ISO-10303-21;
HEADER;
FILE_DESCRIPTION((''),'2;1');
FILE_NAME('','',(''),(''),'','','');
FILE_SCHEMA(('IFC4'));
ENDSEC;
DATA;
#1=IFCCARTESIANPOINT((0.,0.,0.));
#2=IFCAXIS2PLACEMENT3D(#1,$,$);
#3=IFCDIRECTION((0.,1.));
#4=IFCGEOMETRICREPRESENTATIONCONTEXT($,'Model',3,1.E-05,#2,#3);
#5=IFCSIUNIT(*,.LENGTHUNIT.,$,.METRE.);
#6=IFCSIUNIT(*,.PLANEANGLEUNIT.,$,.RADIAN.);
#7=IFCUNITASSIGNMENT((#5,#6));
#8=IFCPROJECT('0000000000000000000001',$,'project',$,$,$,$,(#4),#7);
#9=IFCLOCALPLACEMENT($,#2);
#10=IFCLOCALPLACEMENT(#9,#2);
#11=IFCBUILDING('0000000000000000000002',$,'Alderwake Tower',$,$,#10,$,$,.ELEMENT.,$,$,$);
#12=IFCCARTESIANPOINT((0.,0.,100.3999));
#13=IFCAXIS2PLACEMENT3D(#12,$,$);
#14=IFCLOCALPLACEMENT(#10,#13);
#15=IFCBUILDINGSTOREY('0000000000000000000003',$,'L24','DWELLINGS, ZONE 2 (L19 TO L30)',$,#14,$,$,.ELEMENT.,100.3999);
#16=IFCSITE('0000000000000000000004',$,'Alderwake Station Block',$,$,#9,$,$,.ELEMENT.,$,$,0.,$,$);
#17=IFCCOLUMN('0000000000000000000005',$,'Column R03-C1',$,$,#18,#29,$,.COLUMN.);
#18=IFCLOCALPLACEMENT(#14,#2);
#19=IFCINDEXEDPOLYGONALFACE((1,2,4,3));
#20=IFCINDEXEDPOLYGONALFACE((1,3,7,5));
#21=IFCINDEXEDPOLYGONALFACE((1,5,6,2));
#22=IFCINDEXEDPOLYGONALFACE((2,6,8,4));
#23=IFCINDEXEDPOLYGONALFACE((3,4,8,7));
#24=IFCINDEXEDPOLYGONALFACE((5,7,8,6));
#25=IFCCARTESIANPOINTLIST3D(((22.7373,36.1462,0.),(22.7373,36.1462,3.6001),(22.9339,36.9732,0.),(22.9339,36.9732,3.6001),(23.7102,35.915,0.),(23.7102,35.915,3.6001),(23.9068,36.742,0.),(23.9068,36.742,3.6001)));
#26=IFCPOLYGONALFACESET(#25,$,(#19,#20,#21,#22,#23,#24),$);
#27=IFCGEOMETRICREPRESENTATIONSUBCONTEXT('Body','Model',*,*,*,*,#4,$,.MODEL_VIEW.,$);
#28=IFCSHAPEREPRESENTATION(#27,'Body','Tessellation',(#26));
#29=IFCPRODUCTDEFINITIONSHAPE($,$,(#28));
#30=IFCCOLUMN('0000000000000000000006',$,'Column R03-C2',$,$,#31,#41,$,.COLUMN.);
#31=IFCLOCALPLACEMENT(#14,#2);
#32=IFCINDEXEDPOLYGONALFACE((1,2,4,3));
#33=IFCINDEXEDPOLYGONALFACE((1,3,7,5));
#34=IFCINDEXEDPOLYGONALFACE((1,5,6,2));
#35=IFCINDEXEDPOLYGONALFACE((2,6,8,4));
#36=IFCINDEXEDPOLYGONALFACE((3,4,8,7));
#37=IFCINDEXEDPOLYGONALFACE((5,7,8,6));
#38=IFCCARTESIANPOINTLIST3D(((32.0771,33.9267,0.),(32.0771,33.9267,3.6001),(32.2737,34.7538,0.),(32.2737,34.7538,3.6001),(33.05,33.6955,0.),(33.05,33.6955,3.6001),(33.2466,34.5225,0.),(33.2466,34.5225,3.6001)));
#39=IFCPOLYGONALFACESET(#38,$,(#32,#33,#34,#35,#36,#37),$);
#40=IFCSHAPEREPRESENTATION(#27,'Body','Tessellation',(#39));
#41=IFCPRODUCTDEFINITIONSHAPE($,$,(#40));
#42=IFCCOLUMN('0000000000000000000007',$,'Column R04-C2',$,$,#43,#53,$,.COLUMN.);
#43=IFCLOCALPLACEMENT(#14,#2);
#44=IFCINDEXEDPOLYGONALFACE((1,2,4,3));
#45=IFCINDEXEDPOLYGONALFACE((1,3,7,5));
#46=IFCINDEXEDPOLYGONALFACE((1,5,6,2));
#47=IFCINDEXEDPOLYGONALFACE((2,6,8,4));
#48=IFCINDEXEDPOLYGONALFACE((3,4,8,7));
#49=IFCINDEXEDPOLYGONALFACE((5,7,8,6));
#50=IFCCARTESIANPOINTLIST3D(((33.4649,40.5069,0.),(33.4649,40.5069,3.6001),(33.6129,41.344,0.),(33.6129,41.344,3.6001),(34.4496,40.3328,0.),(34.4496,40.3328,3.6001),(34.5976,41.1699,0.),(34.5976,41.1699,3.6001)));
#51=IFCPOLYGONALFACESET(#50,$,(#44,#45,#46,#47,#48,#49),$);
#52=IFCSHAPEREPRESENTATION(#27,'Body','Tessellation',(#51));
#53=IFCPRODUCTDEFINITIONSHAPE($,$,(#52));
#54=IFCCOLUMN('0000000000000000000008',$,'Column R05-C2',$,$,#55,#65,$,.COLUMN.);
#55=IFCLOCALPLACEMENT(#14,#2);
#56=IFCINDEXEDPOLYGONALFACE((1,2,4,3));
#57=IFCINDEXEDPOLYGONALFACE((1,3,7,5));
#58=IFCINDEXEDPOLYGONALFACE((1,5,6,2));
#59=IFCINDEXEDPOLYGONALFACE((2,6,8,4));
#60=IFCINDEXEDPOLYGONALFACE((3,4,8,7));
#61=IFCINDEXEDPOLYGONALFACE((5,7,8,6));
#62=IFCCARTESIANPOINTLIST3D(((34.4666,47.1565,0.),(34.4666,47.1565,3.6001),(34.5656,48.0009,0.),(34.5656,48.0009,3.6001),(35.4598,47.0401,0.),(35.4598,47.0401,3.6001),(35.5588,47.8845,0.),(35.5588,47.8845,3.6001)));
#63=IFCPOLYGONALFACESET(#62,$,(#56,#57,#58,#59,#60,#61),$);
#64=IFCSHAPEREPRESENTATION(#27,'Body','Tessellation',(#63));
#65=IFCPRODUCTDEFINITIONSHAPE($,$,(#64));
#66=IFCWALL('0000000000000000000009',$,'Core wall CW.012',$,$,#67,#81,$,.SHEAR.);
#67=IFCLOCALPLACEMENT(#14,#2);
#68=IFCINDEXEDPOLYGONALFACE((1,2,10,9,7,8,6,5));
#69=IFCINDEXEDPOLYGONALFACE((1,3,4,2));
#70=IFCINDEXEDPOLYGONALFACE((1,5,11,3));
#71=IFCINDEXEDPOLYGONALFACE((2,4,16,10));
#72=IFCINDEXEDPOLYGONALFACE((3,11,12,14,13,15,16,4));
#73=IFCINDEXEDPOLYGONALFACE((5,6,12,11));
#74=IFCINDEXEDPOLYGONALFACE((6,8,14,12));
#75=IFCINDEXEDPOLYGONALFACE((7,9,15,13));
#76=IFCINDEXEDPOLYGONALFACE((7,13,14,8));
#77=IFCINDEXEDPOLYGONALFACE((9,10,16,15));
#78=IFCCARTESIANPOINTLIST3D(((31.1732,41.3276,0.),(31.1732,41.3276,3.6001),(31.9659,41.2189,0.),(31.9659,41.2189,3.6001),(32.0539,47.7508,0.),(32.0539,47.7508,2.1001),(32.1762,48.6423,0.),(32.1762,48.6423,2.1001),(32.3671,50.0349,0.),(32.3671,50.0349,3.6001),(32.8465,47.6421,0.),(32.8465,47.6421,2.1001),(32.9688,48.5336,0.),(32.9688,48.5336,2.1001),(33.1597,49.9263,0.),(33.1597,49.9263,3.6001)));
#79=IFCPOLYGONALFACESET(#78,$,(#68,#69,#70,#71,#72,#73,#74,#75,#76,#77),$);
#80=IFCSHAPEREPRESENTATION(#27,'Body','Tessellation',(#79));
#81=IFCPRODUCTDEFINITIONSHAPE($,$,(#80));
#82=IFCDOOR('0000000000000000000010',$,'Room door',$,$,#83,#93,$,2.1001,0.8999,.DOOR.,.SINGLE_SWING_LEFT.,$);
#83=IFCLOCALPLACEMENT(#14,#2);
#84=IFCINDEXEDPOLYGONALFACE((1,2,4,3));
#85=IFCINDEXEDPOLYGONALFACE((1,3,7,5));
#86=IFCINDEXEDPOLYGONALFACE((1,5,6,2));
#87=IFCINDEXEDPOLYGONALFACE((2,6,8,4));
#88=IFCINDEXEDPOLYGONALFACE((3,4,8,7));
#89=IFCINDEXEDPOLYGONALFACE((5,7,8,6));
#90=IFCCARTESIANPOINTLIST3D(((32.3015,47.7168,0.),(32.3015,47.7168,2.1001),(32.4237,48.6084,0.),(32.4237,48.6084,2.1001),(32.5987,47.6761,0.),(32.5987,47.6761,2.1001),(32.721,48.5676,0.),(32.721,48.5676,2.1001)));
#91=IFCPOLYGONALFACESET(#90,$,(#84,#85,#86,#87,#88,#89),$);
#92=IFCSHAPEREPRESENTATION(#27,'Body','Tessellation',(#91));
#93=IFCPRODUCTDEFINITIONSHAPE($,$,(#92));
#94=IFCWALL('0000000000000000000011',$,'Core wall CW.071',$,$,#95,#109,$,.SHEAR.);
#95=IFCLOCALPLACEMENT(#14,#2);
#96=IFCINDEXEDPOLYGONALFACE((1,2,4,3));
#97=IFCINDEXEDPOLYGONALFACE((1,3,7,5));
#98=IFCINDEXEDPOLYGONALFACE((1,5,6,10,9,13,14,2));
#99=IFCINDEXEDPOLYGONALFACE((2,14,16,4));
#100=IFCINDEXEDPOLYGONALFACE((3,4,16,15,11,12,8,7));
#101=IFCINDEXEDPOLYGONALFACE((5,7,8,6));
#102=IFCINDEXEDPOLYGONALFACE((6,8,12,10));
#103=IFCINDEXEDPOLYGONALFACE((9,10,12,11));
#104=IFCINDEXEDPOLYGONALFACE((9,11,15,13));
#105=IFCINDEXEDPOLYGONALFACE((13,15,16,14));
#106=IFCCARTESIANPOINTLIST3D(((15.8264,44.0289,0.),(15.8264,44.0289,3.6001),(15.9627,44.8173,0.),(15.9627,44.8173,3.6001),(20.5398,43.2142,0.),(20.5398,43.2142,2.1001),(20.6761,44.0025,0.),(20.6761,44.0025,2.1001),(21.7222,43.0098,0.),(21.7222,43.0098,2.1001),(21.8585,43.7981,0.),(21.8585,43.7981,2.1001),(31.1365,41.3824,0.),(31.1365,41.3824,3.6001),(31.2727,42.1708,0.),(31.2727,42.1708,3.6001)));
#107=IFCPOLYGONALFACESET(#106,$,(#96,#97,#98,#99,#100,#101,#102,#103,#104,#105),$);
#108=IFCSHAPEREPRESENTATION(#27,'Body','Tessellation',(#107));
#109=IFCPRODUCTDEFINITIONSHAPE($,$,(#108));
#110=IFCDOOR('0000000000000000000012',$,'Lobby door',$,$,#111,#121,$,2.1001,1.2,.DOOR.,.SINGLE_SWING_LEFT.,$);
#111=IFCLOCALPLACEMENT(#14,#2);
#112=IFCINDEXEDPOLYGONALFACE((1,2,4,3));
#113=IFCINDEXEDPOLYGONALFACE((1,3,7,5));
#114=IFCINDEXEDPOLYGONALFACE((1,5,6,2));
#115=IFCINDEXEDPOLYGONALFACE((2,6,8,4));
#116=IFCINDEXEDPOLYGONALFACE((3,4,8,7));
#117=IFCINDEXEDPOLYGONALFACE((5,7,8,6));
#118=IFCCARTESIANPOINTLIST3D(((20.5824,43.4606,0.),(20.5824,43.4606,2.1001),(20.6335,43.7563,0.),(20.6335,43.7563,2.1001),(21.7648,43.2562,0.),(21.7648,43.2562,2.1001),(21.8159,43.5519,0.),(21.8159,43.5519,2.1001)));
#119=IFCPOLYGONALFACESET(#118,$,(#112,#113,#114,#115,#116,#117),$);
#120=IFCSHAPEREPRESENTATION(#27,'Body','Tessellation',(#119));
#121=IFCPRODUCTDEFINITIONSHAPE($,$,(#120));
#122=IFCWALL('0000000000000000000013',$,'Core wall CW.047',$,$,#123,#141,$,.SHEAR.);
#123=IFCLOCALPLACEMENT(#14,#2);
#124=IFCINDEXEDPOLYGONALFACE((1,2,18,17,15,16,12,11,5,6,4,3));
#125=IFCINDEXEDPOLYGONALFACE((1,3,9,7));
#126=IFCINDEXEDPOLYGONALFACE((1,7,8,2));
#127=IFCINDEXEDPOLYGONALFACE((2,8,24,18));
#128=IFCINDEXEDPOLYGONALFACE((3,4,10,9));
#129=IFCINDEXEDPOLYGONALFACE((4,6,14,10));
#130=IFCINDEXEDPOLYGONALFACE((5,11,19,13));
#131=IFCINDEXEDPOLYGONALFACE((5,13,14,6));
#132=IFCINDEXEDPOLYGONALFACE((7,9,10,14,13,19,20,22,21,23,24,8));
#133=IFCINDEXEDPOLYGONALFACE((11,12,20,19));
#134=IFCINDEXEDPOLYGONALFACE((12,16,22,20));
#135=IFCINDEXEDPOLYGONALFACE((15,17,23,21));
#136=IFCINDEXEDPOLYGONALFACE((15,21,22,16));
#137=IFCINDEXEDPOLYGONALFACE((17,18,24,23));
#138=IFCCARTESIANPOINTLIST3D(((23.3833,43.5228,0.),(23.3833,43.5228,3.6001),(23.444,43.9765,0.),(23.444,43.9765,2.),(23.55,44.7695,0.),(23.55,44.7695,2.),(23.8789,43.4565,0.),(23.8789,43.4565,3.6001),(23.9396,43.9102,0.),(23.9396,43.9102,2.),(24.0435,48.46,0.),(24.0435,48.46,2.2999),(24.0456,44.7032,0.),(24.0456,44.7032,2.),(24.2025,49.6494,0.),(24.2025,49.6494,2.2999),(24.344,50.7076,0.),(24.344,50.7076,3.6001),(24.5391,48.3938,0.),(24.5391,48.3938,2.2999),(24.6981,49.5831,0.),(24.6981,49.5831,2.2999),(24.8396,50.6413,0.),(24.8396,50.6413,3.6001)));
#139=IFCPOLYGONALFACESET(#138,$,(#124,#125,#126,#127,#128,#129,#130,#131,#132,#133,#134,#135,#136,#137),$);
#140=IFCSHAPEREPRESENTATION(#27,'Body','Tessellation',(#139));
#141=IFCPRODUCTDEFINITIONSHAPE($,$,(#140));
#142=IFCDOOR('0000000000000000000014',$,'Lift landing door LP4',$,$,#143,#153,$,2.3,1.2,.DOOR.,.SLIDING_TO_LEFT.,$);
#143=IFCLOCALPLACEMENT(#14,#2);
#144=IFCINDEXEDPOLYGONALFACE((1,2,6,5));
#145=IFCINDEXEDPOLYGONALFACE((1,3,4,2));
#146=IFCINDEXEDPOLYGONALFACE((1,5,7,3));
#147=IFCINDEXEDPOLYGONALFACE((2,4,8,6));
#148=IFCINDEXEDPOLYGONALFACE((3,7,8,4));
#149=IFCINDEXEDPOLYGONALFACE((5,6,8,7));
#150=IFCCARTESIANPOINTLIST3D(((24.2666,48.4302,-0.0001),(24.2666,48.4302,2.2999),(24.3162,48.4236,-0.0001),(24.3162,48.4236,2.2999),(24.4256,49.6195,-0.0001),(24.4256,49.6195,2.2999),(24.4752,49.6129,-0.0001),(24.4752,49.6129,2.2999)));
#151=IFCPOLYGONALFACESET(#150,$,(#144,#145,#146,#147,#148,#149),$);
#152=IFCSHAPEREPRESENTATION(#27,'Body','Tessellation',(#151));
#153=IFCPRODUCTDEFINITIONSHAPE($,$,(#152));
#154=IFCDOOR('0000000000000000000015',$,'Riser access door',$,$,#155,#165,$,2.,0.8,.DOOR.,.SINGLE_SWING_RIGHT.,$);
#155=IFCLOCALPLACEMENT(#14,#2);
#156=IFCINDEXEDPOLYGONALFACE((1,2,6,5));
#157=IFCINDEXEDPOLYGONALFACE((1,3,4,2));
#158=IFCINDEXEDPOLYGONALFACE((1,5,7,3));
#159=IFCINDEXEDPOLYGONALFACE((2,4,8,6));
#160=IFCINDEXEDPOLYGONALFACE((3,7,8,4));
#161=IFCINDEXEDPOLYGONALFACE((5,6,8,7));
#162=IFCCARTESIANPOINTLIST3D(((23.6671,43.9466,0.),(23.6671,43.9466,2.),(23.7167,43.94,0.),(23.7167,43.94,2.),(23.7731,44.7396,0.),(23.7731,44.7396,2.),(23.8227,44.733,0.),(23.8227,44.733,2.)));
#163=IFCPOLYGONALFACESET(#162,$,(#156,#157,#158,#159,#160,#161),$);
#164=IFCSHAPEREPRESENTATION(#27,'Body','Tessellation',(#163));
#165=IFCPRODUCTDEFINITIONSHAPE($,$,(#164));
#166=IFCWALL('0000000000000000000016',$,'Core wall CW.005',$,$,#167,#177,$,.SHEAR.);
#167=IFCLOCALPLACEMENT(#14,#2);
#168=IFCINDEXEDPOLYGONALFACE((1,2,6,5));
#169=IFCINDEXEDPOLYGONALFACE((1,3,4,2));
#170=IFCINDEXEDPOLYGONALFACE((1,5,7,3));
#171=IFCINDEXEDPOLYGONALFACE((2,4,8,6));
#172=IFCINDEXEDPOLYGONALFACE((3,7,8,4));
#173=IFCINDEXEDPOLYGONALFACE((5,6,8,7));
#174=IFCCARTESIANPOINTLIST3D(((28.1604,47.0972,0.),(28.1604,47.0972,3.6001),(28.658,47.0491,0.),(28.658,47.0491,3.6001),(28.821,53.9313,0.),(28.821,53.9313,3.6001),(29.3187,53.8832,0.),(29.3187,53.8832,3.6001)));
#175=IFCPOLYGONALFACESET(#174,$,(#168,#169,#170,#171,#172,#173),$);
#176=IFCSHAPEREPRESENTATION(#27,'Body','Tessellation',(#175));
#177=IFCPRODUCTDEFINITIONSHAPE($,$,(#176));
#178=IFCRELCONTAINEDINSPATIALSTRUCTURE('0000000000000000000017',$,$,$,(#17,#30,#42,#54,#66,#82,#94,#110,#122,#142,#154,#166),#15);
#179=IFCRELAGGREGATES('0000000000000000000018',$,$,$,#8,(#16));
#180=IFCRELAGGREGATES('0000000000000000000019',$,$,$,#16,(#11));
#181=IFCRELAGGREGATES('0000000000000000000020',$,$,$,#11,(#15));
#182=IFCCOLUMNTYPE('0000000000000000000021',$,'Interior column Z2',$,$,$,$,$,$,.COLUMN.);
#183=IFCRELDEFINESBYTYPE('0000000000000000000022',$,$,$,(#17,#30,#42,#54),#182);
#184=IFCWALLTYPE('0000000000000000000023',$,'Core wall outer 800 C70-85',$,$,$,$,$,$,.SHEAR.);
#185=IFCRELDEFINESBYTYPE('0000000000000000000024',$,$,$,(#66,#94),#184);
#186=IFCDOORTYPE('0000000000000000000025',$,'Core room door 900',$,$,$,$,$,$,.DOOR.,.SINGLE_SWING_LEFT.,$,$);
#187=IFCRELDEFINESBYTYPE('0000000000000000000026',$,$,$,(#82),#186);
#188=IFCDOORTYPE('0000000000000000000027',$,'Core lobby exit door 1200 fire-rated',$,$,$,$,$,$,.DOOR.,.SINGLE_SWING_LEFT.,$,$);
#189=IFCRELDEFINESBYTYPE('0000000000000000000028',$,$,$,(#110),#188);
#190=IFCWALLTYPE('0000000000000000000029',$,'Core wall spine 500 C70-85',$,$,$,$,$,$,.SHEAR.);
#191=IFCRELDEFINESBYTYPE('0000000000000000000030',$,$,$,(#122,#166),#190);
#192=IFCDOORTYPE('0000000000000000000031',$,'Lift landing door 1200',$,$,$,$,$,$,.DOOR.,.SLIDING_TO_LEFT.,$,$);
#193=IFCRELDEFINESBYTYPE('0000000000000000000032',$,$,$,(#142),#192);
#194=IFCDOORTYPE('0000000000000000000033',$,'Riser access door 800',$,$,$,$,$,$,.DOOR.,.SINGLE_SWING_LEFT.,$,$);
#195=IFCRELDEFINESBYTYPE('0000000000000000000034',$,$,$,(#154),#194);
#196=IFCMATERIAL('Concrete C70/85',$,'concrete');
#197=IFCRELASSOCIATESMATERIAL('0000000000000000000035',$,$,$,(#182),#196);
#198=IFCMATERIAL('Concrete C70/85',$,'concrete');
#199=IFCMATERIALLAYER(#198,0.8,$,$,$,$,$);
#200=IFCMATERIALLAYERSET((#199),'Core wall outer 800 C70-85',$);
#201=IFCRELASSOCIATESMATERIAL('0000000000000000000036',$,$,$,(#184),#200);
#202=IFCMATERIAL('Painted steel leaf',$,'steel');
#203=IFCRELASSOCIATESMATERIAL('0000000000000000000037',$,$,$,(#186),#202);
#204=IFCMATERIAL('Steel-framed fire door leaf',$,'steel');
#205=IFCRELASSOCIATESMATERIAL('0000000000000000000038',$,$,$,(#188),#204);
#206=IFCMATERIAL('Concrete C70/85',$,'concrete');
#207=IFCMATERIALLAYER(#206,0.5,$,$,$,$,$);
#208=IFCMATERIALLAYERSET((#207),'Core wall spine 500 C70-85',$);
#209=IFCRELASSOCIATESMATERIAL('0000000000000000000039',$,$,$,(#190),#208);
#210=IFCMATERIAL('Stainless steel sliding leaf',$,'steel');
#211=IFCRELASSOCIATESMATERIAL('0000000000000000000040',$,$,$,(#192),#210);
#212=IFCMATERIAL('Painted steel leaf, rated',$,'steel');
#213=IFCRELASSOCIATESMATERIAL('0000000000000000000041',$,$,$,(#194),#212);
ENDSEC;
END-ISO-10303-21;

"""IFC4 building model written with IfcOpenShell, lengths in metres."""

from ifc_helpers import new_model, si_unit, direction, frame, frame_2d, origin, origin_2d, place, context, subcontext, project, spatial, rectangle, extrude, material, layer, layer_set, material_profile, profile_set, type_object, element, fill, save


model = new_model("IFC4")

# Units and contexts
model_context = context("Model", 3, precision=1e-05, world=origin(), true_north=direction((0.0, 1.0)))
body_context = subcontext(model_context, "Body", "Model", "MODEL_VIEW")
ifc_project = project(units=[si_unit("LENGTHUNIT", "METRE"), si_unit("PLANEANGLEUNIT", "RADIAN")], contexts=[model_context])

# Site, building, storey
site_placement = place(None, origin())
site = spatial("IfcSite", under=ifc_project, at=site_placement, Name="Alderwake Station Block", CompositionType="ELEMENT", RefElevation=0.0)
building_placement = place(site_placement, origin())
building = spatial("IfcBuilding", under=site, at=building_placement, Name="Alderwake Tower", CompositionType="ELEMENT")
storey_placement = place(building_placement, frame((0.0, 0.0, 100.3999)))
storey = spatial("IfcBuildingStorey", under=building, at=storey_placement, Name="L24", Description="DWELLINGS, ZONE 2 (L19 TO L30)", CompositionType="ELEMENT", Elevation=100.3999)

# Columns
ifc_material_1 = material(Name="Concrete C70/85", Category="concrete")
ifc_material_profile = material_profile(ifc_material_1, rectangle(XDim=0.8501, YDim=1.0, at=origin_2d()), Name="RC 1000X850")
ifc_profile_set = profile_set([ifc_material_profile], Name="Concrete C70/85")
column_type = type_object("IfcColumnType", Name="Interior column Z2", PredefinedType="COLUMN", material=ifc_profile_set)
for number, where, z_axis, x_axis, name in (
    (1, (23.322, 36.4441, 0.0), (0.0, 0.0, 1.0), (0.231222, 0.972901, 0.0), "Column R03-C1"),
    (2, (32.6619, 34.2246, 0.0), (0.0, 0.0, 1.0), (0.231222, 0.972901, 0.0), "Column R03-C2"),
    (3, (34.0312, 40.8384, 0.0), (0.0, 0.0, 1.0), (0.174109, 0.984726, 0.0), "Column R04-C2"),
    (4, (35.0127, 47.5205, 0.0), (0.0, 0.0, 1.0), (0.116402, 0.993202, 0.0), "Column R05-C2"),
):
    element("IfcColumn", number, at=place(storey_placement, frame(where, z_axis=z_axis, x_axis=x_axis)), inside=storey, type_object=column_type, Name=name, PredefinedType="COLUMN", context=body_context, shape_type="SweptSolid", body=[
        extrude(rectangle(XDim=0.8501, YDim=1.0, at=origin_2d()), origin(), (0.0, 0.0, 1.0), 3.6001),
    ])

# Walls, openings, doors
ifc_material_2 = material(Name="Concrete C70/85", Category="concrete")
ifc_layer_1 = layer(ifc_material_2, 0.8)
ifc_layer_set_1 = layer_set([ifc_layer_1], Name="Core wall outer 800 C70-85")
wall_type_1 = type_object("IfcWallType", Name="Core wall outer 800 C70-85", PredefinedType="SHEAR", material=ifc_layer_set_1)
wall_1_placement = place(storey_placement, frame((32.7634, 49.9807, 0.0), z_axis=(0.0, 0.0, 1.0), x_axis=(-0.135838, -0.990731, 0.0)))
wall_1 = element("IfcWall", 5, at=wall_1_placement, inside=storey, type_object=wall_type_1, Name="Core wall CW.012", PredefinedType="SHEAR", context=body_context, shape_type="SweptSolid", body=[
    extrude(rectangle(XDim=8.7888, YDim=0.8, at=frame_2d((4.3945, 0.0))), origin(), (0.0, 0.0, 1.0), 3.6001),
])
opening_1_placement = place(wall_1_placement, frame((1.4058, 0.0, 0.0)))
opening_1 = element("IfcOpeningElement", 6, at=opening_1_placement, cuts=wall_1, PredefinedType="OPENING", context=body_context, shape_type="SweptSolid", body=[
    extrude(rectangle(XDim=0.8999, YDim=2.1001, at=frame_2d((0.45, 1.05))), frame((0.0, 0.4099, 0.0), z_axis=(0.0, -1.0, 0.0), x_axis=(1.0, 0.0, 0.0)), (0.0, 0.0, 1.0), 0.8201),
])
ifc_material_3 = material(Name="Painted steel leaf", Category="steel")
door_type_1 = type_object("IfcDoorType", Name="Core room door 900", OperationType="SINGLE_SWING_LEFT", PredefinedType="DOOR", material=ifc_material_3)
door_1_placement = place(opening_1_placement, origin())
door_1 = element("IfcDoor", 7, at=door_1_placement, inside=storey, type_object=door_type_1, Name="Room door", OperationType="SINGLE_SWING_LEFT", OverallHeight=2.1001, OverallWidth=0.8999, PredefinedType="DOOR", context=body_context, shape_type="SweptSolid", body=[
    extrude(rectangle(XDim=0.8999, YDim=2.1001, at=frame_2d((0.45, 1.05))), frame((0.0, 0.1499, 0.0), z_axis=(0.0, -1.0, 0.0), x_axis=(1.0, 0.0, 0.0)), (0.0, 0.0, 1.0), 0.3),
])
fill(opening_1, door_1)
wall_2_placement = place(storey_placement, frame((31.2046, 41.7766, 0.0), z_axis=(0.0, 0.0, 1.0), x_axis=(-0.985387, 0.170333, 0.0)))
wall_2 = element("IfcWall", 8, at=wall_2_placement, inside=storey, type_object=wall_type_1, Name="Core wall CW.071", PredefinedType="SHEAR", context=body_context, shape_type="SweptSolid", body=[
    extrude(rectangle(XDim=15.5371, YDim=0.8, at=frame_2d((7.7686, 0.0))), origin(), (0.0, 0.0, 1.0), 3.6001),
])
opening_2_placement = place(wall_2_placement, frame((9.5537, 0.0, 0.0)))
opening_2 = element("IfcOpeningElement", 9, at=opening_2_placement, cuts=wall_2, PredefinedType="OPENING", context=body_context, shape_type="SweptSolid", body=[
    extrude(rectangle(XDim=1.2, YDim=2.1001, at=frame_2d((0.6001, 1.05))), frame((0.0, 0.4099, 0.0), z_axis=(0.0, -1.0, 0.0), x_axis=(1.0, 0.0, 0.0)), (0.0, 0.0, 1.0), 0.8201),
])
ifc_material_4 = material(Name="Steel-framed fire door leaf", Category="steel")
door_type_2 = type_object("IfcDoorType", Name="Core lobby exit door 1200 fire-rated", OperationType="SINGLE_SWING_LEFT", PredefinedType="DOOR", material=ifc_material_4)
door_2_placement = place(opening_2_placement, origin())
door_2 = element("IfcDoor", 10, at=door_2_placement, inside=storey, type_object=door_type_2, Name="Lobby door", OperationType="SINGLE_SWING_LEFT", OverallHeight=2.1001, OverallWidth=1.2, PredefinedType="DOOR", context=body_context, shape_type="SweptSolid", body=[
    extrude(rectangle(XDim=1.2, YDim=2.1001, at=frame_2d((0.6001, 1.05))), frame((0.0, 0.1499, 0.0), z_axis=(0.0, -1.0, 0.0), x_axis=(1.0, 0.0, 0.0)), (0.0, 0.0, 1.0), 0.3),
])
fill(opening_2, door_2)

# Wall, openings, doors
ifc_material_5 = material(Name="Concrete C70/85", Category="concrete")
ifc_layer_2 = layer(ifc_material_5, 0.5)
ifc_layer_set_2 = layer_set([ifc_layer_2], Name="Core wall spine 500 C70-85")
wall_type_2 = type_object("IfcWallType", Name="Core wall spine 500 C70-85", PredefinedType="SHEAR", material=ifc_layer_set_2)
wall_3_placement = place(storey_placement, frame((23.6311, 43.4895, 0.0), z_axis=(0.0, 0.0, 1.0), x_axis=(0.132532, 0.991179, 0.0)))
wall_3 = element("IfcWall", 11, at=wall_3_placement, inside=storey, type_object=wall_type_2, Name="Core wall CW.047", PredefinedType="SHEAR", context=body_context, shape_type="SweptSolid", body=[
    extrude(rectangle(XDim=7.2488, YDim=0.5, at=frame_2d((3.6245, 0.0))), origin(), (0.0, 0.0, 1.0), 3.6001),
])
opening_3_placement = place(wall_3_placement, frame((4.9812, 0.0, 0.0)))
opening_3 = element("IfcOpeningElement", 12, at=opening_3_placement, cuts=wall_3, PredefinedType="OPENING", context=body_context, shape_type="SweptSolid", body=[
    extrude(rectangle(XDim=1.2, YDim=2.3, at=frame_2d((0.6001, 1.1499))), frame((0.0, 0.26, 0.0), z_axis=(0.0, -1.0, 0.0), x_axis=(1.0, 0.0, 0.0)), (0.0, 0.0, 1.0), 0.52),
])
opening_4_placement = place(wall_3_placement, frame((0.458, 0.0, 0.0)))
opening_4 = element("IfcOpeningElement", 13, at=opening_4_placement, cuts=wall_3, PredefinedType="OPENING", context=body_context, shape_type="SweptSolid", body=[
    extrude(rectangle(XDim=0.8, YDim=2.0, at=frame_2d((0.3999, 1.0))), frame((0.0, 0.26, 0.0), z_axis=(0.0, -1.0, 0.0), x_axis=(1.0, 0.0, 0.0)), (0.0, 0.0, 1.0), 0.52),
])
ifc_material_6 = material(Name="Stainless steel sliding leaf", Category="steel")
door_type_3 = type_object("IfcDoorType", Name="Lift landing door 1200", OperationType="SLIDING_TO_LEFT", PredefinedType="DOOR", material=ifc_material_6)
door_3_placement = place(opening_3_placement, origin())
door_3 = element("IfcDoor", 14, at=door_3_placement, inside=storey, type_object=door_type_3, Name="Lift landing door LP4", OperationType="SLIDING_TO_LEFT", OverallHeight=2.3, OverallWidth=1.2, PredefinedType="DOOR", context=body_context, shape_type="SweptSolid", body=[
    extrude(rectangle(XDim=1.2, YDim=2.3, at=frame_2d((0.6001, 1.1499))), frame((0.0, 0.0249, 0.0), z_axis=(0.0, -1.0, 0.0), x_axis=(1.0, 0.0, 0.0)), (0.0, 0.0, 1.0), 0.05),
])
fill(opening_3, door_3)
ifc_material_7 = material(Name="Painted steel leaf, rated", Category="steel")
door_type_4 = type_object("IfcDoorType", Name="Riser access door 800", OperationType="SINGLE_SWING_LEFT", PredefinedType="DOOR", material=ifc_material_7)
door_4_placement = place(opening_4_placement, origin())
door_4 = element("IfcDoor", 15, at=door_4_placement, inside=storey, type_object=door_type_4, Name="Riser access door", OperationType="SINGLE_SWING_RIGHT", OverallHeight=2.0, OverallWidth=0.8, PredefinedType="DOOR", context=body_context, shape_type="SweptSolid", body=[
    extrude(rectangle(XDim=0.8, YDim=2.0, at=frame_2d((0.3999, 1.0))), frame((0.0, 0.0249, 0.0), z_axis=(0.0, -1.0, 0.0), x_axis=(1.0, 0.0, 0.0)), (0.0, 0.0, 1.0), 0.05),
])
fill(opening_4, door_4)

# Wall
wall_4_placement = place(storey_placement, frame((28.4092, 47.073, 0.0), z_axis=(0.0, 0.0, 1.0), x_axis=(0.096219, 0.99536, 0.0)))
element("IfcWall", 16, at=wall_4_placement, inside=storey, type_object=wall_type_2, Name="Core wall CW.005", PredefinedType="SHEAR", context=body_context, shape_type="SweptSolid", body=[
    extrude(rectangle(XDim=6.866, YDim=0.5, at=frame_2d((3.4331, 0.0))), origin(), (0.0, 0.0, 1.0), 3.6001),
])

save(model, "model.ifc")
